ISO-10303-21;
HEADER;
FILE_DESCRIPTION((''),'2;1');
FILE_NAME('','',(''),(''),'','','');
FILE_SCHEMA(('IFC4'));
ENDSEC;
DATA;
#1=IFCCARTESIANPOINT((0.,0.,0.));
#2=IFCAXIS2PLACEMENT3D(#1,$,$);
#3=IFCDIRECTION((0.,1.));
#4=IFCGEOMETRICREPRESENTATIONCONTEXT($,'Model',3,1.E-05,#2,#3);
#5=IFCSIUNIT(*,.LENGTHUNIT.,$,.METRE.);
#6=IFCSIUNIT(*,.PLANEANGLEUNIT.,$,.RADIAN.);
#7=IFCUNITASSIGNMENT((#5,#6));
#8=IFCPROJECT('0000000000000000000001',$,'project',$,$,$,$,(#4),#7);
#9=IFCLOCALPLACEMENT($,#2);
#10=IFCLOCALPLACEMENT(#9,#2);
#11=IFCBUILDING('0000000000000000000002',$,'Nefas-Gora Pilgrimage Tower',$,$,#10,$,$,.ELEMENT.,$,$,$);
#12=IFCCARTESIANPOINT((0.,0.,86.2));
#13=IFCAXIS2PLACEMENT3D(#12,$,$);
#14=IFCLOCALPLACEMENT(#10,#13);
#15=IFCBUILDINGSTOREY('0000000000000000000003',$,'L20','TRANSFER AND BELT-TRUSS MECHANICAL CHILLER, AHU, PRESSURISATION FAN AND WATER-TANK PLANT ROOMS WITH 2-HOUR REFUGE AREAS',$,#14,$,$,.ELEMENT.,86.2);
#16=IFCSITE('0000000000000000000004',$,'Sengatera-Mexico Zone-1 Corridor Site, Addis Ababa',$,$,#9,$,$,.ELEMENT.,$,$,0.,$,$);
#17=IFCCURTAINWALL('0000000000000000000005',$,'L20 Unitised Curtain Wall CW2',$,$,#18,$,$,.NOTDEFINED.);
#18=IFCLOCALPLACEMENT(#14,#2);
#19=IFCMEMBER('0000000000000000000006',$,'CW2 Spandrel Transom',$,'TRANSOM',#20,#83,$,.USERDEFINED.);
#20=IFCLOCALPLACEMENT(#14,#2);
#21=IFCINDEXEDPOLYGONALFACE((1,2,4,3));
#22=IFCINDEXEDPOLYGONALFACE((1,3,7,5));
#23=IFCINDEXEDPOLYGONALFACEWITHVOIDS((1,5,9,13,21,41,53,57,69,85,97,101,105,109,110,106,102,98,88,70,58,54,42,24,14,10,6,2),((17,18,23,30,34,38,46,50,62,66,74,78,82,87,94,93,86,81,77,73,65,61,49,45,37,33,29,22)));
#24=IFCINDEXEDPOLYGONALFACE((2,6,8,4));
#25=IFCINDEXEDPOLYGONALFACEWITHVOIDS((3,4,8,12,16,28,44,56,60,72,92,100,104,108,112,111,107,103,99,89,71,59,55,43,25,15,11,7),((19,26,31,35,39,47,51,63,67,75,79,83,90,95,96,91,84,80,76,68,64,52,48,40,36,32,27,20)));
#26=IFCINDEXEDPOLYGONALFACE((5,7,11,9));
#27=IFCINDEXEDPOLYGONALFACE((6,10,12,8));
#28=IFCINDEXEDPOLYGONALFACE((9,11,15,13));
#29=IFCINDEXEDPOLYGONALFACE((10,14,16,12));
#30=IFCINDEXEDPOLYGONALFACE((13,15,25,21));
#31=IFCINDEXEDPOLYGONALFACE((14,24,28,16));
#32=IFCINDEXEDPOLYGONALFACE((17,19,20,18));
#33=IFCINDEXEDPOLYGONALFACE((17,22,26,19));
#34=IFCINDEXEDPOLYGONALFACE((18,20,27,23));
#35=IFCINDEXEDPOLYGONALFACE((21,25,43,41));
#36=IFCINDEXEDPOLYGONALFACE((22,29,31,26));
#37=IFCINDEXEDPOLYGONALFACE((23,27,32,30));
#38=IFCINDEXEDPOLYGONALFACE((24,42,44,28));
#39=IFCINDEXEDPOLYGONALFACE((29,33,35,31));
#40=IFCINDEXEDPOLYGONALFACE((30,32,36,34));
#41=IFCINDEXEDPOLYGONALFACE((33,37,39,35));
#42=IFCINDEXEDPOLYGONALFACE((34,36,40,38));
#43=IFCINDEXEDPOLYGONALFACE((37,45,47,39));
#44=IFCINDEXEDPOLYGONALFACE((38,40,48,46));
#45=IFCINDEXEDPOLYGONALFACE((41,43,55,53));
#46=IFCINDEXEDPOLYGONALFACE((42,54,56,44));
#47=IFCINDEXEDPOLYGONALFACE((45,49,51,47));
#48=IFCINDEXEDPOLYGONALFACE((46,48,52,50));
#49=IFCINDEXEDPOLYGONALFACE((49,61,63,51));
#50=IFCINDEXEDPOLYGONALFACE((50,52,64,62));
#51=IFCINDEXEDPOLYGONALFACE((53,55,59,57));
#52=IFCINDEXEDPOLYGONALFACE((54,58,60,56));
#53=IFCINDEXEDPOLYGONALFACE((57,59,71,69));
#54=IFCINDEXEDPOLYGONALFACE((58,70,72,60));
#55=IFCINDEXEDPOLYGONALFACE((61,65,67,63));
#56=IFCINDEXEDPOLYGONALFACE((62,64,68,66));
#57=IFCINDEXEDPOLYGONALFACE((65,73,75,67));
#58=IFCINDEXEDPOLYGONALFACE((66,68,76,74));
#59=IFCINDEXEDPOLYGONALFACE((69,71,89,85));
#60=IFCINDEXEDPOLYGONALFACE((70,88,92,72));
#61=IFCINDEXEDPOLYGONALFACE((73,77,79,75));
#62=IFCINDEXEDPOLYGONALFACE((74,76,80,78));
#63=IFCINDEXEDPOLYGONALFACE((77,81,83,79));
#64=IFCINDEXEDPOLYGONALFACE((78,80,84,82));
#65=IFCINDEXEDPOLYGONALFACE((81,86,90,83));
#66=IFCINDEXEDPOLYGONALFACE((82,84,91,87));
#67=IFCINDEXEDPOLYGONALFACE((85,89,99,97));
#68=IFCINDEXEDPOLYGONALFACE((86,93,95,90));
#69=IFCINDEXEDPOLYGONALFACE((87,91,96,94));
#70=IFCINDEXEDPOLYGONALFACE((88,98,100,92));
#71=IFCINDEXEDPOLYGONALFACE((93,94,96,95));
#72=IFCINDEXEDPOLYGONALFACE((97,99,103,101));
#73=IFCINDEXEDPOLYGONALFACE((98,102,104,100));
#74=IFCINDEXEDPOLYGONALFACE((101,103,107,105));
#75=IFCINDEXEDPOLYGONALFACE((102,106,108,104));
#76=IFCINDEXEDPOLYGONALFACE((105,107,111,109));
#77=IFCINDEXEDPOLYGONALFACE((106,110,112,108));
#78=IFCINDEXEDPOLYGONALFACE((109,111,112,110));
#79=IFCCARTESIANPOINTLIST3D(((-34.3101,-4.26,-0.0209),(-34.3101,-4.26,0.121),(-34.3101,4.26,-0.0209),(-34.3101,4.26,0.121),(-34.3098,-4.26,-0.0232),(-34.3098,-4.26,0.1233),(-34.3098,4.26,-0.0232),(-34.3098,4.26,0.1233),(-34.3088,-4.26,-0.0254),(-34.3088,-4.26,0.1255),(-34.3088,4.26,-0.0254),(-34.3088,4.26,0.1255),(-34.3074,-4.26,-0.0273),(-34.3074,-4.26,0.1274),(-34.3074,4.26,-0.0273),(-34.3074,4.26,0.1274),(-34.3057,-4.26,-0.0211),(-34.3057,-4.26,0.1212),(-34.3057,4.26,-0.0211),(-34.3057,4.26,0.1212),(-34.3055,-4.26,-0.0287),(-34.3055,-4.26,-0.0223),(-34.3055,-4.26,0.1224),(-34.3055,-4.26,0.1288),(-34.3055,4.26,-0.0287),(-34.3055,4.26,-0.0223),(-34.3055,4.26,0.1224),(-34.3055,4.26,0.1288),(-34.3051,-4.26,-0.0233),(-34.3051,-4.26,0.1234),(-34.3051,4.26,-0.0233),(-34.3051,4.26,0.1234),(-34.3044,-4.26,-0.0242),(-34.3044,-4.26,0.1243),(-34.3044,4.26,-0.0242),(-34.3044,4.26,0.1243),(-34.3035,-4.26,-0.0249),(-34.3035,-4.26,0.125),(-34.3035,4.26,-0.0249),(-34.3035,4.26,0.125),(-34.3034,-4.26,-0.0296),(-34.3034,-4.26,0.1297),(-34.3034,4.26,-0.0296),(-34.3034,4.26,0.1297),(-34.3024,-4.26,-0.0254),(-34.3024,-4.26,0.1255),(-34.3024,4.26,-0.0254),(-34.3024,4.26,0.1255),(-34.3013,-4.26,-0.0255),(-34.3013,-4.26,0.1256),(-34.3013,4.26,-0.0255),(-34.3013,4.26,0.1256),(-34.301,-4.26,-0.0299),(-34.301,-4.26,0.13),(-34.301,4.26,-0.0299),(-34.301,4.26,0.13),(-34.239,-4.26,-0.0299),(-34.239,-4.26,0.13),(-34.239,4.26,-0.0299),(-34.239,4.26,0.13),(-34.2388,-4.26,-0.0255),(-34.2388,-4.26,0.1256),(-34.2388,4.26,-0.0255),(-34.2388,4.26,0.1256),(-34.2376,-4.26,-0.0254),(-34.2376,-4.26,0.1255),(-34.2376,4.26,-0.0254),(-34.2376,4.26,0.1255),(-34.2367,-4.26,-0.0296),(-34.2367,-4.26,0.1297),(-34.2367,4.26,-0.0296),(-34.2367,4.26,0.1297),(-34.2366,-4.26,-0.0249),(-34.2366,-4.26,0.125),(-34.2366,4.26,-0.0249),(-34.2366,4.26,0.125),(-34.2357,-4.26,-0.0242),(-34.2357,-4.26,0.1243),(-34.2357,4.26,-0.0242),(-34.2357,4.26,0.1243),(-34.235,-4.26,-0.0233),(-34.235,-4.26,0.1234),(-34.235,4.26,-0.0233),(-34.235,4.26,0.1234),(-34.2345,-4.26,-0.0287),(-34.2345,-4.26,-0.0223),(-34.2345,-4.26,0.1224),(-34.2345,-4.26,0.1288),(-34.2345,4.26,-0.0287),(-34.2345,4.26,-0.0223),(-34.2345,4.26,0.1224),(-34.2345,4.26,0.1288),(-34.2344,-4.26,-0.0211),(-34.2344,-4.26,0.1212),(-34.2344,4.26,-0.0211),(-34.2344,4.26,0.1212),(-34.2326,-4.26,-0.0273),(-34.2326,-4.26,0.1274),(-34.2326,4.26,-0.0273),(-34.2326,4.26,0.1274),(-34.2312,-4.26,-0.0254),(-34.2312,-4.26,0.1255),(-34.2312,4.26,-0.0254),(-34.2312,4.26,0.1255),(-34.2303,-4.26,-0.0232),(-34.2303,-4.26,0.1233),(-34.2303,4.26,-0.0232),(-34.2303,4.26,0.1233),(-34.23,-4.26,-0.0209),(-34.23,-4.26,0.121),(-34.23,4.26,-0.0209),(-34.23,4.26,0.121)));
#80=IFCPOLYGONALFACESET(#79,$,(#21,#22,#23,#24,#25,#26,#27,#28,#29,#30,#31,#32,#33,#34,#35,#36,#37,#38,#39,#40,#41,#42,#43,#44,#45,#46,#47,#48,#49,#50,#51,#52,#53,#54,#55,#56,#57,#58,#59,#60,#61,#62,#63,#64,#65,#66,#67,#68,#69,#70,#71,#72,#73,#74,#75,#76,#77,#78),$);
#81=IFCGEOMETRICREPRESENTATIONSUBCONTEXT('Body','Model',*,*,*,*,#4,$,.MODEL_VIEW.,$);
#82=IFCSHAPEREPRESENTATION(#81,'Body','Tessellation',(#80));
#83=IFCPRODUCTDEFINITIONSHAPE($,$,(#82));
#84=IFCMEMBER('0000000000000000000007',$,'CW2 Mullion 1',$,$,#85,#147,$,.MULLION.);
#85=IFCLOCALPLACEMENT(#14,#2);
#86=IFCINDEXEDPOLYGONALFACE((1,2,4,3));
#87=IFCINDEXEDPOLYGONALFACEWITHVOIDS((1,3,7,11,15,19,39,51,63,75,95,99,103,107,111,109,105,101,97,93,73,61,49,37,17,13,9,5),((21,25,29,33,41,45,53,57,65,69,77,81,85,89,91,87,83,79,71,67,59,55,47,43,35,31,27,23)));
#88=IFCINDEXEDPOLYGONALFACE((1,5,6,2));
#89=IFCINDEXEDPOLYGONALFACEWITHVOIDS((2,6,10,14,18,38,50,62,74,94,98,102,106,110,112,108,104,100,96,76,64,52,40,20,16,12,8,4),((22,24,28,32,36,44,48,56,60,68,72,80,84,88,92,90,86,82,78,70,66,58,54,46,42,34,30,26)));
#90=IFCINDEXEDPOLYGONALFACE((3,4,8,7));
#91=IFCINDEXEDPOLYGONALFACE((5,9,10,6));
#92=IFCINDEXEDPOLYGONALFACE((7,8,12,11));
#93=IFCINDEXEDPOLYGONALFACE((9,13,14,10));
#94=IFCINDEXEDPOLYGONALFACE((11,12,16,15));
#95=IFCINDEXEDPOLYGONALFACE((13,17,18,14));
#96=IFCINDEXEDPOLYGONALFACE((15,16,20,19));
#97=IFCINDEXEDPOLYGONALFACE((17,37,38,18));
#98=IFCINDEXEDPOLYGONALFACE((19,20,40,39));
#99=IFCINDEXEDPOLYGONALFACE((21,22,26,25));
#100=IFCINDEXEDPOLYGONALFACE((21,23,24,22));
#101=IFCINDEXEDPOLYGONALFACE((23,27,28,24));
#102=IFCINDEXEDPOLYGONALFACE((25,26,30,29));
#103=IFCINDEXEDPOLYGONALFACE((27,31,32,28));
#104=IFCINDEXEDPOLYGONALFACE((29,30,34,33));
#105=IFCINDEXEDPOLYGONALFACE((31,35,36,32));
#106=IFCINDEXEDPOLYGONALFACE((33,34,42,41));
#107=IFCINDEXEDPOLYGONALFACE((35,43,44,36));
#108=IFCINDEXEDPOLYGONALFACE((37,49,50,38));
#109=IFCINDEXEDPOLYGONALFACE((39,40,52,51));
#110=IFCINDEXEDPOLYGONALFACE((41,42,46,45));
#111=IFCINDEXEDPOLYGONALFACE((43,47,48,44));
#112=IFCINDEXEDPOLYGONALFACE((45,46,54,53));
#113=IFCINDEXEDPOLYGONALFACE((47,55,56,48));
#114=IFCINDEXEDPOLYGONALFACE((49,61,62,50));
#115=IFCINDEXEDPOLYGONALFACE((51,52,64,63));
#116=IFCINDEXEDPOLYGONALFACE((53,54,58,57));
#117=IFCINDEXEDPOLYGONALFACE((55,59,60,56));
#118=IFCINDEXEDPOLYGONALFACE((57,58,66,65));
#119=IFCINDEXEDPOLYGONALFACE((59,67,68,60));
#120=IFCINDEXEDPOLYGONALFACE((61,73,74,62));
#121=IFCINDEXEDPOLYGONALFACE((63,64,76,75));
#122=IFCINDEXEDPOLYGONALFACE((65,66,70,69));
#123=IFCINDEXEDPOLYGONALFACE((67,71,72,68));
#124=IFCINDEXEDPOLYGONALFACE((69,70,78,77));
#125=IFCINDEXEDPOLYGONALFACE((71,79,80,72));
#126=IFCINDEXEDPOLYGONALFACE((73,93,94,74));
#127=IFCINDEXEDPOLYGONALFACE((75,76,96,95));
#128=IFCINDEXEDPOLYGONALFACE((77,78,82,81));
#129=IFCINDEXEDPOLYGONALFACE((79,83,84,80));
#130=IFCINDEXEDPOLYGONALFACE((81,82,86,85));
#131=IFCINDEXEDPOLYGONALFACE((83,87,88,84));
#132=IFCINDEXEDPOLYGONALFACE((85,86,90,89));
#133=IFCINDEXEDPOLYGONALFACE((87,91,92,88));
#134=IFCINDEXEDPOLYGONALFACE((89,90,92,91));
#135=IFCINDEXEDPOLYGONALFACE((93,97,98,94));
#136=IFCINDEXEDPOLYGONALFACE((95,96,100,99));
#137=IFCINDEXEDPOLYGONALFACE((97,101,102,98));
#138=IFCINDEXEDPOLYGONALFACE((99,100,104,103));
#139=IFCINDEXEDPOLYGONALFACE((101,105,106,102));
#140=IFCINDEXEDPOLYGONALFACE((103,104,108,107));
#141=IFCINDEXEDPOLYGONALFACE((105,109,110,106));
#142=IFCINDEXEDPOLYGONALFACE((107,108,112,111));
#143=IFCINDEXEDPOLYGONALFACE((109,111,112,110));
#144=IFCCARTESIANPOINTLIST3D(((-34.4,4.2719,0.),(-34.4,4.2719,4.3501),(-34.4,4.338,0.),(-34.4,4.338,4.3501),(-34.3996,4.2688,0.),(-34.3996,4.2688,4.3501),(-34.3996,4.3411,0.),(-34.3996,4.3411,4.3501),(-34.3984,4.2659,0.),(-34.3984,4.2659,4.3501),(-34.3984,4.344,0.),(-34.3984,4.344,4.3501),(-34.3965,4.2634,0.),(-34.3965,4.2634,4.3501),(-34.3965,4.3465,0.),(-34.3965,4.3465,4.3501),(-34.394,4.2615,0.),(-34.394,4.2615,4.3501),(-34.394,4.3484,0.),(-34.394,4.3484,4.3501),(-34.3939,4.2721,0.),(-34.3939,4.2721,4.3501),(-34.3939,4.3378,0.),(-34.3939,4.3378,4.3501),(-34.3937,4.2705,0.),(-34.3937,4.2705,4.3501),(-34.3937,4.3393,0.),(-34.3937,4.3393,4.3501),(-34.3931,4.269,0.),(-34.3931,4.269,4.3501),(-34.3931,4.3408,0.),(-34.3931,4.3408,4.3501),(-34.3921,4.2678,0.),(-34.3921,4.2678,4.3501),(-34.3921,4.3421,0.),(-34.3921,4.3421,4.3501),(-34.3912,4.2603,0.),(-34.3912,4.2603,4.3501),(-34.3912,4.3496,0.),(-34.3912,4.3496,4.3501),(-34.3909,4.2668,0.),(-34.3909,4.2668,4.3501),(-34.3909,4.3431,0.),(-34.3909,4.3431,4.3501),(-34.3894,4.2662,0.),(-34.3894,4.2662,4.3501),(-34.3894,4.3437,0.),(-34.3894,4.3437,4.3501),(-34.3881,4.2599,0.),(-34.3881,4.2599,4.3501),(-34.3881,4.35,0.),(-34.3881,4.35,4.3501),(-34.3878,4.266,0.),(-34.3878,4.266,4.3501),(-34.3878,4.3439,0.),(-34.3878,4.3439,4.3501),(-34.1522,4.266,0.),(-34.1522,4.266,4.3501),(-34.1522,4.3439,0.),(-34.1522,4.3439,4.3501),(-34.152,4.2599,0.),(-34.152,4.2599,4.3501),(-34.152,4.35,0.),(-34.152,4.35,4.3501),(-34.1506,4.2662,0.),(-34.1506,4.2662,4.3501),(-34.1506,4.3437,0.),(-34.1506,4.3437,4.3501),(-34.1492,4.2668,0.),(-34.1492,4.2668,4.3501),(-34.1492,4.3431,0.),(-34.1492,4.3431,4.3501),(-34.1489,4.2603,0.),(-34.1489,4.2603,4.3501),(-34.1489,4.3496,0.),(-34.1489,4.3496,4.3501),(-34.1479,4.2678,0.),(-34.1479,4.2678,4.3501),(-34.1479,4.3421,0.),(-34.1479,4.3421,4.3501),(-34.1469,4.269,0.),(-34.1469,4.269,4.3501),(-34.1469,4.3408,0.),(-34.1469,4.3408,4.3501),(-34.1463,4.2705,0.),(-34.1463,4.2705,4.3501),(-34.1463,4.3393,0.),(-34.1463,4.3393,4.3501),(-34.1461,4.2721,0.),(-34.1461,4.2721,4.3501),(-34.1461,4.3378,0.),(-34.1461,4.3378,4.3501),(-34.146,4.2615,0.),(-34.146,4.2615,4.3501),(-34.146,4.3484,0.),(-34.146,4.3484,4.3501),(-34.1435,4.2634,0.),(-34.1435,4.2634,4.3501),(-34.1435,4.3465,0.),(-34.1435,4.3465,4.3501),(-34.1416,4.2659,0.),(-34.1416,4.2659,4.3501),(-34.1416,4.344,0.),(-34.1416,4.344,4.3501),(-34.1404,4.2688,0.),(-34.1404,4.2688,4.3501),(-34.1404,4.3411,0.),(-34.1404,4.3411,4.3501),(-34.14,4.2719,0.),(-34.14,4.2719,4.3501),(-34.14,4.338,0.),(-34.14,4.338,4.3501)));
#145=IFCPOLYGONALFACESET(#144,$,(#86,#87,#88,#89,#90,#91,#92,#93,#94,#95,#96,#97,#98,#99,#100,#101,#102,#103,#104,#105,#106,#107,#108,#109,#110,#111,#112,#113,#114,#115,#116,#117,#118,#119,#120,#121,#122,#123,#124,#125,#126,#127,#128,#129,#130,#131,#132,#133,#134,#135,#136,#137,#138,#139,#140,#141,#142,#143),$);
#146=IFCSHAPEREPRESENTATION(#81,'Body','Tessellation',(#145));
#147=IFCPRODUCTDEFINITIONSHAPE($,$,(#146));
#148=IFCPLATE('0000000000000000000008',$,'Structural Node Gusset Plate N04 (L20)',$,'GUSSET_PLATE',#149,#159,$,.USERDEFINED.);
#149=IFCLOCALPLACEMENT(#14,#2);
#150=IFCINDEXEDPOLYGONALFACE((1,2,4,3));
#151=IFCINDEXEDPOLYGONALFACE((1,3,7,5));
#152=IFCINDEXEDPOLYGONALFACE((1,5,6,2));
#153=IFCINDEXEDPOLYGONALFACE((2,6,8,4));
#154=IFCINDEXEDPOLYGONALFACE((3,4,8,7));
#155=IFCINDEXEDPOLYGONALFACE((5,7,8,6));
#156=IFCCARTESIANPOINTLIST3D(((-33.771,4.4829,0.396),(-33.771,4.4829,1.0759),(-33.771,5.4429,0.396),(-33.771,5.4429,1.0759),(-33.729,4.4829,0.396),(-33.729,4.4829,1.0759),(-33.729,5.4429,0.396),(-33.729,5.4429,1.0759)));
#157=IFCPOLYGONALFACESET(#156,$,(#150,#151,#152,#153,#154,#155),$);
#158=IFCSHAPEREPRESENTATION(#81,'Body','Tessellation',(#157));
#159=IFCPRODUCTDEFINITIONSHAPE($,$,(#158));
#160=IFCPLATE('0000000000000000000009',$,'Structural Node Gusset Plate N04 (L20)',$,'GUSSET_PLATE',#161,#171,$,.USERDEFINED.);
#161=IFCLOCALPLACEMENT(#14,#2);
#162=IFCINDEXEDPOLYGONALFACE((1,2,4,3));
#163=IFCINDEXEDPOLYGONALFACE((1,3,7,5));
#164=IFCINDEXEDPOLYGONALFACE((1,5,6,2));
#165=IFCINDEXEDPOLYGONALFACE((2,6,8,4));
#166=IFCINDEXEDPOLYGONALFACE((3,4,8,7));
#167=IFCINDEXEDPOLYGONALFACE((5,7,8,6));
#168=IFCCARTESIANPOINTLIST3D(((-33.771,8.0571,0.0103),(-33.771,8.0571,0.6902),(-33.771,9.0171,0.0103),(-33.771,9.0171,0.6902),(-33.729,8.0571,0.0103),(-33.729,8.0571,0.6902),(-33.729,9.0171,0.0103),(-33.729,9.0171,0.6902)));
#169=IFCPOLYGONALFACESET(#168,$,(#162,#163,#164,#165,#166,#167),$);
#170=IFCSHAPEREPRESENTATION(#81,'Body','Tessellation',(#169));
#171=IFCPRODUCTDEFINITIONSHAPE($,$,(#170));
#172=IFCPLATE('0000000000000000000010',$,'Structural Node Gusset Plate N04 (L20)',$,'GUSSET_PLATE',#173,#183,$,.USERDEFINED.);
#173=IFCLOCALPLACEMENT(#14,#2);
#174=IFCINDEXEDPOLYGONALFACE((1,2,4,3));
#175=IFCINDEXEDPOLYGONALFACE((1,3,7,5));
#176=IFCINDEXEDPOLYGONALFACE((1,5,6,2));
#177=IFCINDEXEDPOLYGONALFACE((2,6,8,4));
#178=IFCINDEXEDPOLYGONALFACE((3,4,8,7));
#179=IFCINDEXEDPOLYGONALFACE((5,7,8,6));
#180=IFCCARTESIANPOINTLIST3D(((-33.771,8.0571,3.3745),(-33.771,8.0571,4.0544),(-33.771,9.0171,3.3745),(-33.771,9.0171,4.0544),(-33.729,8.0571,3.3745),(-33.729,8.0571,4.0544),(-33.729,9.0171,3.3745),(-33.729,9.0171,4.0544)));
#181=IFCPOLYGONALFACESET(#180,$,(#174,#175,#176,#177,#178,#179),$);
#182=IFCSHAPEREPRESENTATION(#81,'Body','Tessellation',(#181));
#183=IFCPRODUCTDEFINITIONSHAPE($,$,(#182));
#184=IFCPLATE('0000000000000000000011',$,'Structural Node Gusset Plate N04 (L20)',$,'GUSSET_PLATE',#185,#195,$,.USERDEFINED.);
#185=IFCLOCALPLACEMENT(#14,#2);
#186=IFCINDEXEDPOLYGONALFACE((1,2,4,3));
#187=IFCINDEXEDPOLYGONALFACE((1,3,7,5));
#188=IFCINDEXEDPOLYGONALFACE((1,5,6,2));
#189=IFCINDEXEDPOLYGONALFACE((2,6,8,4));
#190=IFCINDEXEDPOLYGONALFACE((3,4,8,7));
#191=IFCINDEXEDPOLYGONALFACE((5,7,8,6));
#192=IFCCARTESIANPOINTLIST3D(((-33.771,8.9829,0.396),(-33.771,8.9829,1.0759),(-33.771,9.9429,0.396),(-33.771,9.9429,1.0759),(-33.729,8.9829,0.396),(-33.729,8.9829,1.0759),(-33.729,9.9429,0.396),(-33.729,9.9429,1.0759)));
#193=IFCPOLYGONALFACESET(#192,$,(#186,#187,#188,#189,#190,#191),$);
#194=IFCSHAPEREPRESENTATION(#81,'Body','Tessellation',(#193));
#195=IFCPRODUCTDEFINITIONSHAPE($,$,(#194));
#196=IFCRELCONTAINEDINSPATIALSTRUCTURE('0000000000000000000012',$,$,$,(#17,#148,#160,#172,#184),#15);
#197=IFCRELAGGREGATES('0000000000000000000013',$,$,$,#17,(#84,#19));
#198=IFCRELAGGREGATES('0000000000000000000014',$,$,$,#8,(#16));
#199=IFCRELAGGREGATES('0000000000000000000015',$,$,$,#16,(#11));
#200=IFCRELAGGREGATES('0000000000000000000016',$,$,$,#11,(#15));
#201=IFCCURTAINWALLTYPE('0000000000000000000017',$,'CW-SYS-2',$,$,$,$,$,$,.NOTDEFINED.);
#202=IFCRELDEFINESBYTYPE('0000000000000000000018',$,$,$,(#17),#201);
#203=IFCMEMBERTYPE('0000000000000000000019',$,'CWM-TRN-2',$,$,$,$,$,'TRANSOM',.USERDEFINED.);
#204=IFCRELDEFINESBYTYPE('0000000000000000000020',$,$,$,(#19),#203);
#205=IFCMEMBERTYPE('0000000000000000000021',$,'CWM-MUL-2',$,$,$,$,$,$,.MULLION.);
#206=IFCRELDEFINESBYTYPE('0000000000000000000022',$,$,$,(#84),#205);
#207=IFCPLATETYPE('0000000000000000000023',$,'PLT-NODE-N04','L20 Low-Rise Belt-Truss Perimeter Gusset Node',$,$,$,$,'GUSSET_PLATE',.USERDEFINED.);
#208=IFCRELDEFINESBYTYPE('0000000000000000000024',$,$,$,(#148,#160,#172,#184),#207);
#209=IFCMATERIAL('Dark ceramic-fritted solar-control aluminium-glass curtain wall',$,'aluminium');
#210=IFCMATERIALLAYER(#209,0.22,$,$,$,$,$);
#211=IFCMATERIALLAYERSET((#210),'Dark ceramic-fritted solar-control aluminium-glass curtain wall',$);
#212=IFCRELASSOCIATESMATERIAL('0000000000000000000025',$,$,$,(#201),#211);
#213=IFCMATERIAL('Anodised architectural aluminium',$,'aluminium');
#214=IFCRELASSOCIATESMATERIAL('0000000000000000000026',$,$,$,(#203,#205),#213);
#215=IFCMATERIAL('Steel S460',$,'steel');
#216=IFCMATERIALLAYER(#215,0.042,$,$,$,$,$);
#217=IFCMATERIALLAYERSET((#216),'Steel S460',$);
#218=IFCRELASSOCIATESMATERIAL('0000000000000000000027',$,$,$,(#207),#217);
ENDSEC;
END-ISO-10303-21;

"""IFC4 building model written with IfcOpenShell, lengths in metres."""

from ifc_helpers import new_model, si_unit, direction, frame, origin, origin_2d, place, context, subcontext, project, spatial, rectangle, hollow_rectangle, extrude, source, transform, mapped, material, layer, layer_set, material_profile, profile_set, type_object, element, aggregate, save


model = new_model("IFC4")

# Units and contexts
model_context = context("Model", 3, precision=1e-05, world=origin(), true_north=direction((0.0, 1.0)))
body_context = subcontext(model_context, "Body", "Model", "MODEL_VIEW")
ifc_project = project(units=[si_unit("LENGTHUNIT", "METRE"), si_unit("PLANEANGLEUNIT", "RADIAN")], contexts=[model_context])

# Site, building, storey
site_placement = place(None, origin())
site = spatial("IfcSite", under=ifc_project, at=site_placement, Name="Sengatera-Mexico Zone-1 Corridor Site, Addis Ababa", CompositionType="ELEMENT", RefElevation=0.0)
building_placement = place(site_placement, origin())
building = spatial("IfcBuilding", under=site, at=building_placement, Name="Nefas-Gora Pilgrimage Tower", CompositionType="ELEMENT")
storey_placement = place(building_placement, frame((0.0, 0.0, 86.2)))
storey = spatial("IfcBuildingStorey", under=building, at=storey_placement, Name="L20", Description="TRANSFER AND BELT-TRUSS MECHANICAL CHILLER, AHU, PRESSURISATION FAN AND WATER-TANK PLANT ROOMS WITH 2-HOUR REFUGE AREAS", CompositionType="ELEMENT", Elevation=86.2)

# Shared definitions
ifc_material_1 = material(Name="Steel S460", Category="steel")

# Curtain wall, members
ifc_material_2 = material(Name="Dark ceramic-fritted solar-control aluminium-glass curtain wall", Category="aluminium")
ifc_layer_1 = layer(ifc_material_2, 0.22)
ifc_layer_set_1 = layer_set([ifc_layer_1], Name="Dark ceramic-fritted solar-control aluminium-glass curtain wall")
curtain_wall_type = type_object("IfcCurtainWallType", Name="CW-SYS-2", PredefinedType="NOTDEFINED", material=ifc_layer_set_1)
curtain_wall_placement = place(storey_placement, origin())
curtain_wall = element("IfcCurtainWall", 1, at=curtain_wall_placement, inside=storey, type_object=curtain_wall_type, Name="L20 Unitised Curtain Wall CW2", PredefinedType="NOTDEFINED")
ifc_material_3 = material(Name="Anodised architectural aluminium", Category="aluminium")
ifc_material_profile_1 = material_profile(ifc_material_3, hollow_rectangle(XDim=0.0801, YDim=0.1599, WallThickness=0.0044, InnerFilletRadius=0.0044, OuterFilletRadius=0.009, at=origin_2d()), Name="ALU TRANSOM 80x160")
ifc_profile_set_1 = profile_set([ifc_material_profile_1], Name="Anodised architectural aluminium")
member_type_1 = type_object("IfcMemberType", Name="CWM-TRN-2", ElementType="TRANSOM", PredefinedType="USERDEFINED", material=ifc_profile_set_1)
shared_shape_1 = source(origin(), body_context, "Body", "SweptSolid", [
    extrude(hollow_rectangle(XDim=0.0801, YDim=0.1599, WallThickness=0.0044, InnerFilletRadius=0.0044, OuterFilletRadius=0.009, at=origin_2d()), origin(), (0.0, 0.0, 1.0), 8.52),
])
member_1_placement = place(storey_placement, frame((-34.27, 4.26, 0.05), z_axis=(0.0, -1.0, 0.0), x_axis=(1.0, 0.0, 0.0)))
member_1 = element("IfcMember", 2, at=member_1_placement, type_object=member_type_1, Name="CW2 Spandrel Transom", ObjectType="TRANSOM", PredefinedType="USERDEFINED", context=body_context, shape_type="MappedRepresentation", body=[
    mapped(shared_shape_1, transform((0.0, 0.0, 0.0), x_axis=(1.0, 0.0, 0.0), y_axis=(0.0, 1.0, 0.0), z_axis=(0.0, 0.0, 1.0), scale=1.0)),
])
ifc_material_profile_2 = material_profile(ifc_material_3, hollow_rectangle(XDim=0.0901, YDim=0.26, WallThickness=0.0061, InnerFilletRadius=0.0061, OuterFilletRadius=0.012, at=origin_2d()), Name="ALU MULLION 90x260")
ifc_profile_set_2 = profile_set([ifc_material_profile_2], Name="Anodised architectural aluminium")
member_type_2 = type_object("IfcMemberType", Name="CWM-MUL-2", PredefinedType="MULLION", material=ifc_profile_set_2)
shared_shape_2 = source(origin(), body_context, "Body", "SweptSolid", [
    extrude(hollow_rectangle(XDim=0.0901, YDim=0.26, WallThickness=0.0061, InnerFilletRadius=0.0061, OuterFilletRadius=0.012, at=origin_2d()), origin(), (0.0, 0.0, 1.0), 4.3501),
])
member_2_placement = place(storey_placement, frame((-34.27, 4.3049, 0.0), z_axis=(0.0, 0.0, 1.0), x_axis=(0.0, -1.0, 0.0)))
member_2 = element("IfcMember", 3, at=member_2_placement, type_object=member_type_2, Name="CW2 Mullion 1", PredefinedType="MULLION", context=body_context, shape_type="MappedRepresentation", body=[
    mapped(shared_shape_2, transform((0.0, 0.0, 0.0), x_axis=(1.0, 0.0, 0.0), y_axis=(0.0, 1.0, 0.0), z_axis=(0.0, 0.0, 1.0), scale=1.0)),
])
aggregate(curtain_wall, [member_2, member_1])

# Plates
ifc_layer_2 = layer(ifc_material_1, 0.042)
ifc_layer_set_2 = layer_set([ifc_layer_2], Name="Steel S460")
plate_type = type_object("IfcPlateType", Name="PLT-NODE-N04", Description="L20 Low-Rise Belt-Truss Perimeter Gusset Node", ElementType="GUSSET_PLATE", PredefinedType="USERDEFINED", material=ifc_layer_set_2)
shared_shape_3 = source(origin(), body_context, "Body", "SweptSolid", [
    extrude(rectangle(XDim=0.96, YDim=0.042, at=origin_2d()), origin(), (0.0, 0.0, 1.0), 0.6799),
])
for number, where, z_axis, x_axis, name in (
    (4, (-33.75, 4.9629, 0.396), (0.0, 0.0, 1.0), (0.0, 1.0, 0.0), "Structural Node Gusset Plate N04 (L20)"),
    (5, (-33.75, 8.5371, 0.0103), (0.0, 0.0, 1.0), (0.0, 1.0, 0.0), "Structural Node Gusset Plate N04 (L20)"),
    (6, (-33.75, 8.5371, 3.3745), (0.0, 0.0, 1.0), (0.0, 1.0, 0.0), "Structural Node Gusset Plate N04 (L20)"),
    (7, (-33.75, 9.4629, 0.396), (0.0, 0.0, 1.0), (0.0, 1.0, 0.0), "Structural Node Gusset Plate N04 (L20)"),
):
    element("IfcPlate", number, at=place(storey_placement, frame(where, z_axis=z_axis, x_axis=x_axis)), inside=storey, type_object=plate_type, Name=name, ObjectType="GUSSET_PLATE", PredefinedType="USERDEFINED", context=body_context, shape_type="MappedRepresentation", body=[
        mapped(shared_shape_3, transform((0.0, 0.0, 0.0), x_axis=(1.0, 0.0, 0.0), y_axis=(0.0, 1.0, 0.0), z_axis=(0.0, 0.0, 1.0), scale=1.0)),
    ])

save(model, "model.ifc")
